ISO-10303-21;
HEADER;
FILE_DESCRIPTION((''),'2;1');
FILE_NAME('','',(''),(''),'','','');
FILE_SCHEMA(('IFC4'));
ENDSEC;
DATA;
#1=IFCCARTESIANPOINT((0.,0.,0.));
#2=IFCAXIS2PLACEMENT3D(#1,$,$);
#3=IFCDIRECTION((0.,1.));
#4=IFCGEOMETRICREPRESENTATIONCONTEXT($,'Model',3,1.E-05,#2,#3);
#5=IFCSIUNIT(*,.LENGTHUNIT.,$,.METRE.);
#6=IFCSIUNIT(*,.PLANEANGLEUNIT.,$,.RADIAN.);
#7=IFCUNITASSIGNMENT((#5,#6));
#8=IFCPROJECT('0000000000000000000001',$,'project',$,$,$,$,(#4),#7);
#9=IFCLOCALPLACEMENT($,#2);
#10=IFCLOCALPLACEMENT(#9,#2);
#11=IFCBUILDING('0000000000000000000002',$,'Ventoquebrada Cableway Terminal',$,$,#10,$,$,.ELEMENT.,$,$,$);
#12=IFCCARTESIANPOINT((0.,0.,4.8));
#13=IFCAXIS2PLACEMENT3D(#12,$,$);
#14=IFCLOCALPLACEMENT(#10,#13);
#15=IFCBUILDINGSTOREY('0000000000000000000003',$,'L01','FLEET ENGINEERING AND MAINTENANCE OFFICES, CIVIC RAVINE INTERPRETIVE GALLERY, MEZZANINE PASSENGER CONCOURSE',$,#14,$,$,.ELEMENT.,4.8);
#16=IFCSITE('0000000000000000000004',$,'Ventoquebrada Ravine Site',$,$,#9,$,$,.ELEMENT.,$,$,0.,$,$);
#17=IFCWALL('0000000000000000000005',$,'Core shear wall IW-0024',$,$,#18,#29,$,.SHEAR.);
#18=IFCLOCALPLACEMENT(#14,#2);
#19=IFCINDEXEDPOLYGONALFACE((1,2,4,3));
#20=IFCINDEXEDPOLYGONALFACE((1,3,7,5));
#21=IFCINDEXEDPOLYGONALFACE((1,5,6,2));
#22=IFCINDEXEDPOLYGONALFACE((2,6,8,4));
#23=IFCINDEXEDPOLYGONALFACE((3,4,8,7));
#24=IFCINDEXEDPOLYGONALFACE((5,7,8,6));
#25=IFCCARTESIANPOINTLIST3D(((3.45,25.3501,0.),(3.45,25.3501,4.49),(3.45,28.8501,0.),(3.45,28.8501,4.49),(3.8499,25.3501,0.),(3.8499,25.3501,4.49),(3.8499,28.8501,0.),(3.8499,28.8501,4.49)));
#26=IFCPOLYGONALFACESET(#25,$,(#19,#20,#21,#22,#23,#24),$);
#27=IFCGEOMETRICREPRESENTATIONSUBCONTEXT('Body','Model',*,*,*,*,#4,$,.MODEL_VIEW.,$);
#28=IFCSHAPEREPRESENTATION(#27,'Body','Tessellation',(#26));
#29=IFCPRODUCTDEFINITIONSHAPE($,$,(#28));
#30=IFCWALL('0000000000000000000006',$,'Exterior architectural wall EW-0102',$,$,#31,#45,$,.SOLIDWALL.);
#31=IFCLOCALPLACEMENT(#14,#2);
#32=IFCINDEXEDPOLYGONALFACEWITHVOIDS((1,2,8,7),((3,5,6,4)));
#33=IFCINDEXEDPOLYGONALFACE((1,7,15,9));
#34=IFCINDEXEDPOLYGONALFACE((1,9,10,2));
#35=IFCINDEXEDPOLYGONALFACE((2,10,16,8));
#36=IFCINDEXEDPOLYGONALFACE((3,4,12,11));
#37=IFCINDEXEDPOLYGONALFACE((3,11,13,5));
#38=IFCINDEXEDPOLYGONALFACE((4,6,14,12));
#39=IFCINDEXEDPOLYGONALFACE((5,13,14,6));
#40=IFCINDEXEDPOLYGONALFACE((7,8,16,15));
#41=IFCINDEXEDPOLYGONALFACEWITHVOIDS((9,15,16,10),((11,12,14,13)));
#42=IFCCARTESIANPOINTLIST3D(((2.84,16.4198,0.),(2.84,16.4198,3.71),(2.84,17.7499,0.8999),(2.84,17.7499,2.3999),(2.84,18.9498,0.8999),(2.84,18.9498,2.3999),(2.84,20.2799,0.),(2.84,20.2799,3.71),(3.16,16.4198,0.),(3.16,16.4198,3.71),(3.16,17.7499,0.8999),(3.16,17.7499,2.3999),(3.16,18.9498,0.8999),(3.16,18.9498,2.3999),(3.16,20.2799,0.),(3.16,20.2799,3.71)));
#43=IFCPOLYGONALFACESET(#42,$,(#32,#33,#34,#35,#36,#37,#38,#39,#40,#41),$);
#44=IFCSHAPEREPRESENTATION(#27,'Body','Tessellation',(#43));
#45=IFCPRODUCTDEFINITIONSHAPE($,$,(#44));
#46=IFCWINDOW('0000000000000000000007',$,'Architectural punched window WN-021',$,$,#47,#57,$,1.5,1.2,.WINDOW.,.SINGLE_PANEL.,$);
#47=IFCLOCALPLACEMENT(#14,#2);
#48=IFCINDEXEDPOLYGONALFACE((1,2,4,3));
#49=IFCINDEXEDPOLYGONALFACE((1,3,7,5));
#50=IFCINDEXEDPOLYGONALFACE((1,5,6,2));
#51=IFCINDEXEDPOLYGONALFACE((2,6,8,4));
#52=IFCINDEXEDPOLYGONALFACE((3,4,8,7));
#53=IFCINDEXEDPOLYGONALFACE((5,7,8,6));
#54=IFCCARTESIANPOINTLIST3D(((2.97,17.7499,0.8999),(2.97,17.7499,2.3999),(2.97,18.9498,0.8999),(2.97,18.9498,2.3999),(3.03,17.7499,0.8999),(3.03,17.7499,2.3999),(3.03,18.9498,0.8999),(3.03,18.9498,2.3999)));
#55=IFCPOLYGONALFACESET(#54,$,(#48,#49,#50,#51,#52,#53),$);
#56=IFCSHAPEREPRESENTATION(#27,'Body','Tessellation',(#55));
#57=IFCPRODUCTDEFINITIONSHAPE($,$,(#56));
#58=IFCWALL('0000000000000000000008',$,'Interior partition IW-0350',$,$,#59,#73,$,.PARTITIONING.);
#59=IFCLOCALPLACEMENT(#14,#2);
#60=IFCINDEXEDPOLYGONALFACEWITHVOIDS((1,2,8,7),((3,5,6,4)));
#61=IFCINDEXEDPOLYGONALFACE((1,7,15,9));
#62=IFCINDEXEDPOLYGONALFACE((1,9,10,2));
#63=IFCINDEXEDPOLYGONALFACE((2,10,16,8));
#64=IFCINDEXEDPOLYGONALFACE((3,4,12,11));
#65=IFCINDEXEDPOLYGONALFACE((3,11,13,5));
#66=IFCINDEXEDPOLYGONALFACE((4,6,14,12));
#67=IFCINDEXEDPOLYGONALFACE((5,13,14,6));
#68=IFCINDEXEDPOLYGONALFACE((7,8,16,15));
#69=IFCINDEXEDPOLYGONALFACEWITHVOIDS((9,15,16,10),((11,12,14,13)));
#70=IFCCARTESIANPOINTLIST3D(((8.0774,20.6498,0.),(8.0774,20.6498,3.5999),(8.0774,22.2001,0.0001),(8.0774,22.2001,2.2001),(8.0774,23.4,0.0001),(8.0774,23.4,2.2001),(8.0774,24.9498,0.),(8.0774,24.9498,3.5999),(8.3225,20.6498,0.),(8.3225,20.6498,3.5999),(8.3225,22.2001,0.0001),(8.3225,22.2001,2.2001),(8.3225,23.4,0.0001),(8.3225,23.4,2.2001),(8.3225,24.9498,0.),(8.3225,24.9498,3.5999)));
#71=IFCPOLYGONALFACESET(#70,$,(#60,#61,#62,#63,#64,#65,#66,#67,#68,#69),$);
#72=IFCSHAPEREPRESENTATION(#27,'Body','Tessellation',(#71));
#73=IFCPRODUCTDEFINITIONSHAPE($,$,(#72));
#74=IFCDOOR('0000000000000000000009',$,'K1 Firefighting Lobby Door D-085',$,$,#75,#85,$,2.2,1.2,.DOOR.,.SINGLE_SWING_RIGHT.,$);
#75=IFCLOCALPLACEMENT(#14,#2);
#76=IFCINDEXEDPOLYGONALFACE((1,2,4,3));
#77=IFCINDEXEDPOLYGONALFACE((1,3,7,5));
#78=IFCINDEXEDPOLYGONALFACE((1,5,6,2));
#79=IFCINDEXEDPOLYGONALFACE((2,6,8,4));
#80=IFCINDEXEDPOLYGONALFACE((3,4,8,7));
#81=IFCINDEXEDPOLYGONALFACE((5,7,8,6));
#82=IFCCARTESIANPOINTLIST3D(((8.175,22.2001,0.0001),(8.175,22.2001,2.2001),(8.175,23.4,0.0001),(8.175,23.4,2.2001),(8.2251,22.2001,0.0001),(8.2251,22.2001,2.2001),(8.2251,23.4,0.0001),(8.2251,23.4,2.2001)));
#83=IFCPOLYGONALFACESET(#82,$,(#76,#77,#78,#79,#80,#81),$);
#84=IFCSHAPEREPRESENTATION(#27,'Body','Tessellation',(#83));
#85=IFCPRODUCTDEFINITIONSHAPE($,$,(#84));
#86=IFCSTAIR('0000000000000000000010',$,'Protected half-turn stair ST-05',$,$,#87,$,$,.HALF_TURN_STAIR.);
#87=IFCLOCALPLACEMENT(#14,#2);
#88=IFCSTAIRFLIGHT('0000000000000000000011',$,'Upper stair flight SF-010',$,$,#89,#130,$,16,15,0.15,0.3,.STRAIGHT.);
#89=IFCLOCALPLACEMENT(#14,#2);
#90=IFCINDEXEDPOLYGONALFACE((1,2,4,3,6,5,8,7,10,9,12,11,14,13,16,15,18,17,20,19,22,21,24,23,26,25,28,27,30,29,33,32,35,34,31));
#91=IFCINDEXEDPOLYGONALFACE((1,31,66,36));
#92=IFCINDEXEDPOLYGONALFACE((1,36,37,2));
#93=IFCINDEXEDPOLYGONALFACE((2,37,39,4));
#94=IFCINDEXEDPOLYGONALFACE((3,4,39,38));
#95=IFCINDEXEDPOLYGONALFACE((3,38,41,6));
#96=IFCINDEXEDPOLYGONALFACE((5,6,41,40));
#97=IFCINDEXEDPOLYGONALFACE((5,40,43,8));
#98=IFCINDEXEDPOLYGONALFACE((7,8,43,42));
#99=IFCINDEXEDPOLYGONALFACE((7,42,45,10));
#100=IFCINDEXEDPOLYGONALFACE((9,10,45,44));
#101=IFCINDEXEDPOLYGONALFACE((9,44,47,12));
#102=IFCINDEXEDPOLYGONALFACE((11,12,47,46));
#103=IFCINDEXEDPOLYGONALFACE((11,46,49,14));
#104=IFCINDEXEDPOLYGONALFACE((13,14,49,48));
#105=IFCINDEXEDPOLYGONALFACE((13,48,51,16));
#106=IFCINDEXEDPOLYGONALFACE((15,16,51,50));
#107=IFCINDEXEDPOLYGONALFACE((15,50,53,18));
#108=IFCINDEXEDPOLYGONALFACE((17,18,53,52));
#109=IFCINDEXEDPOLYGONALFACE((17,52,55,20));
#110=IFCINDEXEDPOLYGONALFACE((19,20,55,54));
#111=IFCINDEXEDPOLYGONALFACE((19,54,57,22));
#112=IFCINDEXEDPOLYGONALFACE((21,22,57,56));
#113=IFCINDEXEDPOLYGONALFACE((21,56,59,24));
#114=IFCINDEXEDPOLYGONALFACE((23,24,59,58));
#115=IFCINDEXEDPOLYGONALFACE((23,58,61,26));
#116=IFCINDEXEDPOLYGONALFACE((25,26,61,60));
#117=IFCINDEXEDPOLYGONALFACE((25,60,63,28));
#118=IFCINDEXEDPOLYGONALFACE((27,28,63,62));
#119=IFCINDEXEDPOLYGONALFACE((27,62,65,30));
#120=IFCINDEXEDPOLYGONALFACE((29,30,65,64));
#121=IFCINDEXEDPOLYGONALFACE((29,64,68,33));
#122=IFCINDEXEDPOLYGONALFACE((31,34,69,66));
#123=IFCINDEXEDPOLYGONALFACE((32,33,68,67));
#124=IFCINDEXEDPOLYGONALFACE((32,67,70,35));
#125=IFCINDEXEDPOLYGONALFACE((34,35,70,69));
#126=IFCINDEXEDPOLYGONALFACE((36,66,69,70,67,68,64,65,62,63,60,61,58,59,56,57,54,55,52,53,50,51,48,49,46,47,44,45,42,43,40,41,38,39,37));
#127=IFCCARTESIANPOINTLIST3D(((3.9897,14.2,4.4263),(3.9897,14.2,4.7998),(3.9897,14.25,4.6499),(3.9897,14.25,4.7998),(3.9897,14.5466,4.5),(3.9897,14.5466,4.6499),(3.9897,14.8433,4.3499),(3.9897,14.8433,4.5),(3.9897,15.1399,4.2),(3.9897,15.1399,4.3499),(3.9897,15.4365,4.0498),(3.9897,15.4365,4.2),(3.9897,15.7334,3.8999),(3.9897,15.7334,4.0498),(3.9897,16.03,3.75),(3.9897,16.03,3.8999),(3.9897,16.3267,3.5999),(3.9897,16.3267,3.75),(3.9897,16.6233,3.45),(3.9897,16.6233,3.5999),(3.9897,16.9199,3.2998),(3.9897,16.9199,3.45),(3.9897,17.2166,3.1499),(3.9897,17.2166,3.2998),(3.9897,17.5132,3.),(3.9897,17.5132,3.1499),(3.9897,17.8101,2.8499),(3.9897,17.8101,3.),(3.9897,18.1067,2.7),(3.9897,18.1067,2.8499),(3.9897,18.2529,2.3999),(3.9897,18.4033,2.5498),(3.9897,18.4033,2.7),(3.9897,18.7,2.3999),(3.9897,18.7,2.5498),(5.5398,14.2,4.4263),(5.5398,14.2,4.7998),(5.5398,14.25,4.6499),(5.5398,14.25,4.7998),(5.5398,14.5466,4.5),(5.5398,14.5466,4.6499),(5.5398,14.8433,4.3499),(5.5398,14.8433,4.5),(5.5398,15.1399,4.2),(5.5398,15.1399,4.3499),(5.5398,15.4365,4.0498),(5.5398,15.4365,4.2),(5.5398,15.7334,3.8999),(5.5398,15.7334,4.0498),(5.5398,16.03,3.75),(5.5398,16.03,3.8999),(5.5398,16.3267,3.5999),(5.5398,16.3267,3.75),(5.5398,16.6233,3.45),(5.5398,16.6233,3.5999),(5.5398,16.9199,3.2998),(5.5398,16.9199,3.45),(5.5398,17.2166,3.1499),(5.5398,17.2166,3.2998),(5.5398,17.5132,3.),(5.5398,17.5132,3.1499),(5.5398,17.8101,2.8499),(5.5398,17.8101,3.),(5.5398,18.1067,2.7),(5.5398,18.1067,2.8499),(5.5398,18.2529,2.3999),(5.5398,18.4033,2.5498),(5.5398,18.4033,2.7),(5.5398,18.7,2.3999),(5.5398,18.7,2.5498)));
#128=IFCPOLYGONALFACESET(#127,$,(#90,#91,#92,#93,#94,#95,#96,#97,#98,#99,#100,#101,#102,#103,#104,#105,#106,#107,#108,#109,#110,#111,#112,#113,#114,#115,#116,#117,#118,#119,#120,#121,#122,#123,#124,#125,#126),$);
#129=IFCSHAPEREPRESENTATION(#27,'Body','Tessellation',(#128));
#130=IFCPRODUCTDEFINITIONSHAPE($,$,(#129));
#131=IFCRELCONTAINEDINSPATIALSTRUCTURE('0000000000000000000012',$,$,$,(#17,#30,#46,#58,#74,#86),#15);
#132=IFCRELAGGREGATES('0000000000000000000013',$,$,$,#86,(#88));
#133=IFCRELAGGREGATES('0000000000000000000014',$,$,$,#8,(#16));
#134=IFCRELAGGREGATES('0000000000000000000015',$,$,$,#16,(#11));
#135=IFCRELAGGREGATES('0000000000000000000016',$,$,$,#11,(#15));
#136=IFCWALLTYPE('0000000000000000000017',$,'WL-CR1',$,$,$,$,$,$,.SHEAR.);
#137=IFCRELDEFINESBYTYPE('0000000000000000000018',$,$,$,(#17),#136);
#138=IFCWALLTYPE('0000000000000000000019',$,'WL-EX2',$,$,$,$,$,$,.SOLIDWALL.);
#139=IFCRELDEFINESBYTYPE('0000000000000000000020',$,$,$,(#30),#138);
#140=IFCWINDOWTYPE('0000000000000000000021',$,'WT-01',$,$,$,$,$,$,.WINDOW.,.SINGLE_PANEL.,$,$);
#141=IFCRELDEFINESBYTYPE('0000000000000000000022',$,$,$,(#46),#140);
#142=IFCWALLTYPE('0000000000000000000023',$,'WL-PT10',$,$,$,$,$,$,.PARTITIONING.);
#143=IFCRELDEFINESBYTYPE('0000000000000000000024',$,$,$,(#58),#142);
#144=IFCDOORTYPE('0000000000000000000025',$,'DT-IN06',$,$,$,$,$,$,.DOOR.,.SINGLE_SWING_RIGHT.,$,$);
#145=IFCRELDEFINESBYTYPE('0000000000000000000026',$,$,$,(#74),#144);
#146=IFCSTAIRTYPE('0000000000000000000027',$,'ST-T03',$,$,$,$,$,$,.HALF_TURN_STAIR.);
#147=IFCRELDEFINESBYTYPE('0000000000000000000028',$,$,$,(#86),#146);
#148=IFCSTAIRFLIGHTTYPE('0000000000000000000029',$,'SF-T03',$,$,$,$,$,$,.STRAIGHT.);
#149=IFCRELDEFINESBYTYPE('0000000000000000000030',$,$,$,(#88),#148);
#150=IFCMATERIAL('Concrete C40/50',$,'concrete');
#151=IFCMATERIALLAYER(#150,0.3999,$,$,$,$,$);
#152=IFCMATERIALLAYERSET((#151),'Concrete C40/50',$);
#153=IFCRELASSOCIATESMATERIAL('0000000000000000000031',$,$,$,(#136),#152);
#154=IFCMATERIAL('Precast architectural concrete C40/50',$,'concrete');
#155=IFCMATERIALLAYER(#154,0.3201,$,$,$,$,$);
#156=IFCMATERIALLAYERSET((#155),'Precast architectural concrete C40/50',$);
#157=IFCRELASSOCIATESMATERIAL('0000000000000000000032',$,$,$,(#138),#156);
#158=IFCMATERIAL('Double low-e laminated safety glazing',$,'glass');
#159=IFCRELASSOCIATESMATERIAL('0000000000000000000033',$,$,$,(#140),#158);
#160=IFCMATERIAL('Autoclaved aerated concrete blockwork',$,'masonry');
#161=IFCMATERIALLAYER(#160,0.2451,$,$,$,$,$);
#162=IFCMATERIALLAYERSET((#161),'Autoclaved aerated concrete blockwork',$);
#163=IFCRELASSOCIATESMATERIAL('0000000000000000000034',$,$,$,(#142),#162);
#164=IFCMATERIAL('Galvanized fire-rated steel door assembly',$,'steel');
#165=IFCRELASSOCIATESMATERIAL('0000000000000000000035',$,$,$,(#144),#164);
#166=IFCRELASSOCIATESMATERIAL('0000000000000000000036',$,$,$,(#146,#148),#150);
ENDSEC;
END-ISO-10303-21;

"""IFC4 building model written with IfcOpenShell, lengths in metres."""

from ifc_helpers import new_model, si_unit, direction, frame, frame_2d, origin, place, context, subcontext, project, spatial, polyline, rectangle, outline, extrude, material, layer, layer_set, type_object, element, fill, aggregate, save


model = new_model("IFC4")

# Units and contexts
model_context = context("Model", 3, precision=1e-05, world=origin(), true_north=direction((0.0, 1.0)))
body_context = subcontext(model_context, "Body", "Model", "MODEL_VIEW")
ifc_project = project(units=[si_unit("LENGTHUNIT", "METRE"), si_unit("PLANEANGLEUNIT", "RADIAN")], contexts=[model_context])

# Site, building, storey
site_placement = place(None, origin())
site = spatial("IfcSite", under=ifc_project, at=site_placement, Name="Ventoquebrada Ravine Site", CompositionType="ELEMENT", RefElevation=0.0)
building_placement = place(site_placement, origin())
building = spatial("IfcBuilding", under=site, at=building_placement, Name="Ventoquebrada Cableway Terminal", CompositionType="ELEMENT")
storey_placement = place(building_placement, frame((0.0, 0.0, 4.8)))
storey = spatial("IfcBuildingStorey", under=building, at=storey_placement, Name="L01", Description="FLEET ENGINEERING AND MAINTENANCE OFFICES, CIVIC RAVINE INTERPRETIVE GALLERY, MEZZANINE PASSENGER CONCOURSE", CompositionType="ELEMENT", Elevation=4.8)

# Shared definitions
ifc_material_1 = material(Name="Concrete C40/50", Category="concrete")

# Shared definitions
ifc_layer_1 = layer(ifc_material_1, 0.3999)
ifc_layer_set_1 = layer_set([ifc_layer_1], Name="Concrete C40/50")
wall_type_1 = type_object("IfcWallType", Name="WL-CR1", PredefinedType="SHEAR", material=ifc_layer_set_1)

# Wall
for number, where, z_axis, x_axis, name in (
    (1, (3.6499, 28.8501, 0.0), (0.0, 0.0, 1.0), (0.0, -1.0, 0.0), "Core shear wall IW-0024"),
):
    element("IfcWall", number, at=place(storey_placement, frame(where, z_axis=z_axis, x_axis=x_axis)), inside=storey, type_object=wall_type_1, Name=name, PredefinedType="SHEAR", context=body_context, shape_type="SweptSolid", body=[
        extrude(rectangle(XDim=3.5, YDim=0.3999, at=frame_2d((1.75, 0.0))), origin(), (0.0, 0.0, 1.0), 4.49),
    ])

# Wall, opening, window
ifc_material_2 = material(Name="Precast architectural concrete C40/50", Category="concrete")
ifc_layer_2 = layer(ifc_material_2, 0.3201)
ifc_layer_set_2 = layer_set([ifc_layer_2], Name="Precast architectural concrete C40/50")
wall_type_2 = type_object("IfcWallType", Name="WL-EX2", PredefinedType="SOLIDWALL", material=ifc_layer_set_2)
wall_1_placement = place(storey_placement, frame((3.0, 20.28, 0.0), z_axis=(0.0, 0.0, 1.0), x_axis=(0.0, -1.0, 0.0)))
wall_1 = element("IfcWall", 2, at=wall_1_placement, inside=storey, type_object=wall_type_2, Name="Exterior architectural wall EW-0102", PredefinedType="SOLIDWALL", context=body_context, shape_type="SweptSolid", body=[
    extrude(rectangle(XDim=3.8601, YDim=0.3201, at=frame_2d((1.9302, 0.0))), origin(), (0.0, 0.0, 1.0), 3.71),
])
opening_1_placement = place(wall_1_placement, frame((1.3301, 0.0, 0.8999)))
opening_1 = element("IfcOpeningElement", 3, at=opening_1_placement, cuts=wall_1, PredefinedType="OPENING", context=body_context, shape_type="SweptSolid", body=[
    extrude(rectangle(XDim=1.2, YDim=1.5, at=frame_2d((0.6001, 0.75))), frame((0.0, 0.1699, 0.0), z_axis=(0.0, -1.0, 0.0), x_axis=(1.0, 0.0, 0.0)), (0.0, 0.0, 1.0), 0.3401),
])
ifc_material_3 = material(Name="Double low-e laminated safety glazing", Category="glass")
window_type = type_object("IfcWindowType", Name="WT-01", PartitioningType="SINGLE_PANEL", PredefinedType="WINDOW", material=ifc_material_3)
window_placement = place(opening_1_placement, origin())
window = element("IfcWindow", 4, at=window_placement, inside=storey, type_object=window_type, Name="Architectural punched window WN-021", OverallHeight=1.5, OverallWidth=1.2, PartitioningType="SINGLE_PANEL", PredefinedType="WINDOW", context=body_context, shape_type="SweptSolid", body=[
    extrude(rectangle(XDim=1.2, YDim=1.5, at=frame_2d((0.6001, 0.75))), frame((0.0, 0.03, 0.0), z_axis=(0.0, -1.0, 0.0), x_axis=(1.0, 0.0, 0.0)), (0.0, 0.0, 1.0), 0.0601),
])
fill(opening_1, window)

# Wall, opening, door
ifc_material_4 = material(Name="Autoclaved aerated concrete blockwork", Category="masonry")
ifc_layer_3 = layer(ifc_material_4, 0.2451)
ifc_layer_set_3 = layer_set([ifc_layer_3], Name="Autoclaved aerated concrete blockwork")
wall_type_3 = type_object("IfcWallType", Name="WL-PT10", PredefinedType="PARTITIONING", material=ifc_layer_set_3)
wall_2_placement = place(storey_placement, frame((8.2, 20.6499, 0.0), z_axis=(0.0, 0.0, 1.0), x_axis=(0.0, 1.0, 0.0)))
wall_2 = element("IfcWall", 5, at=wall_2_placement, inside=storey, type_object=wall_type_3, Name="Interior partition IW-0350", PredefinedType="PARTITIONING", context=body_context, shape_type="SweptSolid", body=[
    extrude(rectangle(XDim=4.3, YDim=0.2451, at=frame_2d((2.1499, 0.0))), origin(), (0.0, 0.0, 1.0), 3.5999),
])
opening_2_placement = place(wall_2_placement, frame((1.55, 0.0, 0.0)))
opening_2 = element("IfcOpeningElement", 6, at=opening_2_placement, cuts=wall_2, PredefinedType="OPENING", context=body_context, shape_type="SweptSolid", body=[
    extrude(rectangle(XDim=1.2, YDim=2.2, at=frame_2d((0.6001, 1.1001))), frame((0.0, 0.1326, 0.0), z_axis=(0.0, -1.0, 0.0), x_axis=(1.0, 0.0, 0.0)), (0.0, 0.0, 1.0), 0.2651),
])
ifc_material_5 = material(Name="Galvanized fire-rated steel door assembly", Category="steel")
door_type_1 = type_object("IfcDoorType", Name="DT-IN06", OperationType="SINGLE_SWING_RIGHT", PredefinedType="DOOR", material=ifc_material_5)
door_1_placement = place(opening_2_placement, origin())
door_1 = element("IfcDoor", 7, at=door_1_placement, inside=storey, type_object=door_type_1, Name="K1 Firefighting Lobby Door D-085", OperationType="SINGLE_SWING_RIGHT", OverallHeight=2.2, OverallWidth=1.2, PredefinedType="DOOR", context=body_context, shape_type="SweptSolid", body=[
    extrude(rectangle(XDim=1.2, YDim=2.2, at=frame_2d((0.6001, 1.1001))), frame((0.0, 0.0249, 0.0), z_axis=(0.0, -1.0, 0.0), x_axis=(1.0, 0.0, 0.0)), (0.0, 0.0, 1.0), 0.05),
])
fill(opening_2, door_1)

# Stair, stair flight
stair_type = type_object("IfcStairType", Name="ST-T03", PredefinedType="HALF_TURN_STAIR", material=ifc_material_1)
stair_placement = place(storey_placement, origin())
stair = element("IfcStair", 8, at=stair_placement, inside=storey, type_object=stair_type, Name="Protected half-turn stair ST-05", PredefinedType="HALF_TURN_STAIR")
stair_flight_type = type_object("IfcStairFlightType", Name="SF-T03", PredefinedType="STRAIGHT", material=ifc_material_1)
stair_flight_placement = place(storey_placement, frame((4.7649, 18.7, 2.3999), z_axis=(0.0, 0.0, 1.0), x_axis=(0.0, -1.0, 0.0)))
stair_flight = element("IfcStairFlight", 9, at=stair_flight_placement, type_object=stair_flight_type, Name="Upper stair flight SF-010", NumberOfRisers=16, NumberOfTreads=15, PredefinedType="STRAIGHT", RiserHeight=0.15, TreadLength=0.3, context=body_context, shape_type="SweptSolid", body=[
    extrude(outline(polyline([(0.0, 0.0), (0.0, 0.1499), (0.2966, 0.1499), (0.2966, 0.3), (0.5933, 0.3), (0.5933, 0.45), (0.8899, 0.45), (0.8899, 0.6001), (1.1868, 0.6001), (1.1868, 0.75), (1.4834, 0.75), (1.4834, 0.8999), (1.78, 0.8999), (1.78, 1.05), (2.0767, 1.05), (2.0767, 1.2), (2.3733, 1.2), (2.3733, 1.3501), (2.6699, 1.3501), (2.6699, 1.5), (2.9666, 1.5), (2.9666, 1.6499), (3.2634, 1.6499), (3.2634, 1.8), (3.5601, 1.8), (3.5601, 1.95), (3.8567, 1.95), (3.8567, 2.1001), (4.1533, 2.1001), (4.1533, 2.25), (4.45, 2.25), (4.45, 2.3999), (4.5, 2.3999), (4.5, 2.0264), (0.447, 0.0), (0.0, 0.0)])), frame((0.0, 0.7749, 0.0), z_axis=(0.0, -1.0, 0.0), x_axis=(1.0, 0.0, 0.0)), (0.0, 0.0, 1.0), 1.55),
])
aggregate(stair, [stair_flight])

save(model, "model.ifc")
